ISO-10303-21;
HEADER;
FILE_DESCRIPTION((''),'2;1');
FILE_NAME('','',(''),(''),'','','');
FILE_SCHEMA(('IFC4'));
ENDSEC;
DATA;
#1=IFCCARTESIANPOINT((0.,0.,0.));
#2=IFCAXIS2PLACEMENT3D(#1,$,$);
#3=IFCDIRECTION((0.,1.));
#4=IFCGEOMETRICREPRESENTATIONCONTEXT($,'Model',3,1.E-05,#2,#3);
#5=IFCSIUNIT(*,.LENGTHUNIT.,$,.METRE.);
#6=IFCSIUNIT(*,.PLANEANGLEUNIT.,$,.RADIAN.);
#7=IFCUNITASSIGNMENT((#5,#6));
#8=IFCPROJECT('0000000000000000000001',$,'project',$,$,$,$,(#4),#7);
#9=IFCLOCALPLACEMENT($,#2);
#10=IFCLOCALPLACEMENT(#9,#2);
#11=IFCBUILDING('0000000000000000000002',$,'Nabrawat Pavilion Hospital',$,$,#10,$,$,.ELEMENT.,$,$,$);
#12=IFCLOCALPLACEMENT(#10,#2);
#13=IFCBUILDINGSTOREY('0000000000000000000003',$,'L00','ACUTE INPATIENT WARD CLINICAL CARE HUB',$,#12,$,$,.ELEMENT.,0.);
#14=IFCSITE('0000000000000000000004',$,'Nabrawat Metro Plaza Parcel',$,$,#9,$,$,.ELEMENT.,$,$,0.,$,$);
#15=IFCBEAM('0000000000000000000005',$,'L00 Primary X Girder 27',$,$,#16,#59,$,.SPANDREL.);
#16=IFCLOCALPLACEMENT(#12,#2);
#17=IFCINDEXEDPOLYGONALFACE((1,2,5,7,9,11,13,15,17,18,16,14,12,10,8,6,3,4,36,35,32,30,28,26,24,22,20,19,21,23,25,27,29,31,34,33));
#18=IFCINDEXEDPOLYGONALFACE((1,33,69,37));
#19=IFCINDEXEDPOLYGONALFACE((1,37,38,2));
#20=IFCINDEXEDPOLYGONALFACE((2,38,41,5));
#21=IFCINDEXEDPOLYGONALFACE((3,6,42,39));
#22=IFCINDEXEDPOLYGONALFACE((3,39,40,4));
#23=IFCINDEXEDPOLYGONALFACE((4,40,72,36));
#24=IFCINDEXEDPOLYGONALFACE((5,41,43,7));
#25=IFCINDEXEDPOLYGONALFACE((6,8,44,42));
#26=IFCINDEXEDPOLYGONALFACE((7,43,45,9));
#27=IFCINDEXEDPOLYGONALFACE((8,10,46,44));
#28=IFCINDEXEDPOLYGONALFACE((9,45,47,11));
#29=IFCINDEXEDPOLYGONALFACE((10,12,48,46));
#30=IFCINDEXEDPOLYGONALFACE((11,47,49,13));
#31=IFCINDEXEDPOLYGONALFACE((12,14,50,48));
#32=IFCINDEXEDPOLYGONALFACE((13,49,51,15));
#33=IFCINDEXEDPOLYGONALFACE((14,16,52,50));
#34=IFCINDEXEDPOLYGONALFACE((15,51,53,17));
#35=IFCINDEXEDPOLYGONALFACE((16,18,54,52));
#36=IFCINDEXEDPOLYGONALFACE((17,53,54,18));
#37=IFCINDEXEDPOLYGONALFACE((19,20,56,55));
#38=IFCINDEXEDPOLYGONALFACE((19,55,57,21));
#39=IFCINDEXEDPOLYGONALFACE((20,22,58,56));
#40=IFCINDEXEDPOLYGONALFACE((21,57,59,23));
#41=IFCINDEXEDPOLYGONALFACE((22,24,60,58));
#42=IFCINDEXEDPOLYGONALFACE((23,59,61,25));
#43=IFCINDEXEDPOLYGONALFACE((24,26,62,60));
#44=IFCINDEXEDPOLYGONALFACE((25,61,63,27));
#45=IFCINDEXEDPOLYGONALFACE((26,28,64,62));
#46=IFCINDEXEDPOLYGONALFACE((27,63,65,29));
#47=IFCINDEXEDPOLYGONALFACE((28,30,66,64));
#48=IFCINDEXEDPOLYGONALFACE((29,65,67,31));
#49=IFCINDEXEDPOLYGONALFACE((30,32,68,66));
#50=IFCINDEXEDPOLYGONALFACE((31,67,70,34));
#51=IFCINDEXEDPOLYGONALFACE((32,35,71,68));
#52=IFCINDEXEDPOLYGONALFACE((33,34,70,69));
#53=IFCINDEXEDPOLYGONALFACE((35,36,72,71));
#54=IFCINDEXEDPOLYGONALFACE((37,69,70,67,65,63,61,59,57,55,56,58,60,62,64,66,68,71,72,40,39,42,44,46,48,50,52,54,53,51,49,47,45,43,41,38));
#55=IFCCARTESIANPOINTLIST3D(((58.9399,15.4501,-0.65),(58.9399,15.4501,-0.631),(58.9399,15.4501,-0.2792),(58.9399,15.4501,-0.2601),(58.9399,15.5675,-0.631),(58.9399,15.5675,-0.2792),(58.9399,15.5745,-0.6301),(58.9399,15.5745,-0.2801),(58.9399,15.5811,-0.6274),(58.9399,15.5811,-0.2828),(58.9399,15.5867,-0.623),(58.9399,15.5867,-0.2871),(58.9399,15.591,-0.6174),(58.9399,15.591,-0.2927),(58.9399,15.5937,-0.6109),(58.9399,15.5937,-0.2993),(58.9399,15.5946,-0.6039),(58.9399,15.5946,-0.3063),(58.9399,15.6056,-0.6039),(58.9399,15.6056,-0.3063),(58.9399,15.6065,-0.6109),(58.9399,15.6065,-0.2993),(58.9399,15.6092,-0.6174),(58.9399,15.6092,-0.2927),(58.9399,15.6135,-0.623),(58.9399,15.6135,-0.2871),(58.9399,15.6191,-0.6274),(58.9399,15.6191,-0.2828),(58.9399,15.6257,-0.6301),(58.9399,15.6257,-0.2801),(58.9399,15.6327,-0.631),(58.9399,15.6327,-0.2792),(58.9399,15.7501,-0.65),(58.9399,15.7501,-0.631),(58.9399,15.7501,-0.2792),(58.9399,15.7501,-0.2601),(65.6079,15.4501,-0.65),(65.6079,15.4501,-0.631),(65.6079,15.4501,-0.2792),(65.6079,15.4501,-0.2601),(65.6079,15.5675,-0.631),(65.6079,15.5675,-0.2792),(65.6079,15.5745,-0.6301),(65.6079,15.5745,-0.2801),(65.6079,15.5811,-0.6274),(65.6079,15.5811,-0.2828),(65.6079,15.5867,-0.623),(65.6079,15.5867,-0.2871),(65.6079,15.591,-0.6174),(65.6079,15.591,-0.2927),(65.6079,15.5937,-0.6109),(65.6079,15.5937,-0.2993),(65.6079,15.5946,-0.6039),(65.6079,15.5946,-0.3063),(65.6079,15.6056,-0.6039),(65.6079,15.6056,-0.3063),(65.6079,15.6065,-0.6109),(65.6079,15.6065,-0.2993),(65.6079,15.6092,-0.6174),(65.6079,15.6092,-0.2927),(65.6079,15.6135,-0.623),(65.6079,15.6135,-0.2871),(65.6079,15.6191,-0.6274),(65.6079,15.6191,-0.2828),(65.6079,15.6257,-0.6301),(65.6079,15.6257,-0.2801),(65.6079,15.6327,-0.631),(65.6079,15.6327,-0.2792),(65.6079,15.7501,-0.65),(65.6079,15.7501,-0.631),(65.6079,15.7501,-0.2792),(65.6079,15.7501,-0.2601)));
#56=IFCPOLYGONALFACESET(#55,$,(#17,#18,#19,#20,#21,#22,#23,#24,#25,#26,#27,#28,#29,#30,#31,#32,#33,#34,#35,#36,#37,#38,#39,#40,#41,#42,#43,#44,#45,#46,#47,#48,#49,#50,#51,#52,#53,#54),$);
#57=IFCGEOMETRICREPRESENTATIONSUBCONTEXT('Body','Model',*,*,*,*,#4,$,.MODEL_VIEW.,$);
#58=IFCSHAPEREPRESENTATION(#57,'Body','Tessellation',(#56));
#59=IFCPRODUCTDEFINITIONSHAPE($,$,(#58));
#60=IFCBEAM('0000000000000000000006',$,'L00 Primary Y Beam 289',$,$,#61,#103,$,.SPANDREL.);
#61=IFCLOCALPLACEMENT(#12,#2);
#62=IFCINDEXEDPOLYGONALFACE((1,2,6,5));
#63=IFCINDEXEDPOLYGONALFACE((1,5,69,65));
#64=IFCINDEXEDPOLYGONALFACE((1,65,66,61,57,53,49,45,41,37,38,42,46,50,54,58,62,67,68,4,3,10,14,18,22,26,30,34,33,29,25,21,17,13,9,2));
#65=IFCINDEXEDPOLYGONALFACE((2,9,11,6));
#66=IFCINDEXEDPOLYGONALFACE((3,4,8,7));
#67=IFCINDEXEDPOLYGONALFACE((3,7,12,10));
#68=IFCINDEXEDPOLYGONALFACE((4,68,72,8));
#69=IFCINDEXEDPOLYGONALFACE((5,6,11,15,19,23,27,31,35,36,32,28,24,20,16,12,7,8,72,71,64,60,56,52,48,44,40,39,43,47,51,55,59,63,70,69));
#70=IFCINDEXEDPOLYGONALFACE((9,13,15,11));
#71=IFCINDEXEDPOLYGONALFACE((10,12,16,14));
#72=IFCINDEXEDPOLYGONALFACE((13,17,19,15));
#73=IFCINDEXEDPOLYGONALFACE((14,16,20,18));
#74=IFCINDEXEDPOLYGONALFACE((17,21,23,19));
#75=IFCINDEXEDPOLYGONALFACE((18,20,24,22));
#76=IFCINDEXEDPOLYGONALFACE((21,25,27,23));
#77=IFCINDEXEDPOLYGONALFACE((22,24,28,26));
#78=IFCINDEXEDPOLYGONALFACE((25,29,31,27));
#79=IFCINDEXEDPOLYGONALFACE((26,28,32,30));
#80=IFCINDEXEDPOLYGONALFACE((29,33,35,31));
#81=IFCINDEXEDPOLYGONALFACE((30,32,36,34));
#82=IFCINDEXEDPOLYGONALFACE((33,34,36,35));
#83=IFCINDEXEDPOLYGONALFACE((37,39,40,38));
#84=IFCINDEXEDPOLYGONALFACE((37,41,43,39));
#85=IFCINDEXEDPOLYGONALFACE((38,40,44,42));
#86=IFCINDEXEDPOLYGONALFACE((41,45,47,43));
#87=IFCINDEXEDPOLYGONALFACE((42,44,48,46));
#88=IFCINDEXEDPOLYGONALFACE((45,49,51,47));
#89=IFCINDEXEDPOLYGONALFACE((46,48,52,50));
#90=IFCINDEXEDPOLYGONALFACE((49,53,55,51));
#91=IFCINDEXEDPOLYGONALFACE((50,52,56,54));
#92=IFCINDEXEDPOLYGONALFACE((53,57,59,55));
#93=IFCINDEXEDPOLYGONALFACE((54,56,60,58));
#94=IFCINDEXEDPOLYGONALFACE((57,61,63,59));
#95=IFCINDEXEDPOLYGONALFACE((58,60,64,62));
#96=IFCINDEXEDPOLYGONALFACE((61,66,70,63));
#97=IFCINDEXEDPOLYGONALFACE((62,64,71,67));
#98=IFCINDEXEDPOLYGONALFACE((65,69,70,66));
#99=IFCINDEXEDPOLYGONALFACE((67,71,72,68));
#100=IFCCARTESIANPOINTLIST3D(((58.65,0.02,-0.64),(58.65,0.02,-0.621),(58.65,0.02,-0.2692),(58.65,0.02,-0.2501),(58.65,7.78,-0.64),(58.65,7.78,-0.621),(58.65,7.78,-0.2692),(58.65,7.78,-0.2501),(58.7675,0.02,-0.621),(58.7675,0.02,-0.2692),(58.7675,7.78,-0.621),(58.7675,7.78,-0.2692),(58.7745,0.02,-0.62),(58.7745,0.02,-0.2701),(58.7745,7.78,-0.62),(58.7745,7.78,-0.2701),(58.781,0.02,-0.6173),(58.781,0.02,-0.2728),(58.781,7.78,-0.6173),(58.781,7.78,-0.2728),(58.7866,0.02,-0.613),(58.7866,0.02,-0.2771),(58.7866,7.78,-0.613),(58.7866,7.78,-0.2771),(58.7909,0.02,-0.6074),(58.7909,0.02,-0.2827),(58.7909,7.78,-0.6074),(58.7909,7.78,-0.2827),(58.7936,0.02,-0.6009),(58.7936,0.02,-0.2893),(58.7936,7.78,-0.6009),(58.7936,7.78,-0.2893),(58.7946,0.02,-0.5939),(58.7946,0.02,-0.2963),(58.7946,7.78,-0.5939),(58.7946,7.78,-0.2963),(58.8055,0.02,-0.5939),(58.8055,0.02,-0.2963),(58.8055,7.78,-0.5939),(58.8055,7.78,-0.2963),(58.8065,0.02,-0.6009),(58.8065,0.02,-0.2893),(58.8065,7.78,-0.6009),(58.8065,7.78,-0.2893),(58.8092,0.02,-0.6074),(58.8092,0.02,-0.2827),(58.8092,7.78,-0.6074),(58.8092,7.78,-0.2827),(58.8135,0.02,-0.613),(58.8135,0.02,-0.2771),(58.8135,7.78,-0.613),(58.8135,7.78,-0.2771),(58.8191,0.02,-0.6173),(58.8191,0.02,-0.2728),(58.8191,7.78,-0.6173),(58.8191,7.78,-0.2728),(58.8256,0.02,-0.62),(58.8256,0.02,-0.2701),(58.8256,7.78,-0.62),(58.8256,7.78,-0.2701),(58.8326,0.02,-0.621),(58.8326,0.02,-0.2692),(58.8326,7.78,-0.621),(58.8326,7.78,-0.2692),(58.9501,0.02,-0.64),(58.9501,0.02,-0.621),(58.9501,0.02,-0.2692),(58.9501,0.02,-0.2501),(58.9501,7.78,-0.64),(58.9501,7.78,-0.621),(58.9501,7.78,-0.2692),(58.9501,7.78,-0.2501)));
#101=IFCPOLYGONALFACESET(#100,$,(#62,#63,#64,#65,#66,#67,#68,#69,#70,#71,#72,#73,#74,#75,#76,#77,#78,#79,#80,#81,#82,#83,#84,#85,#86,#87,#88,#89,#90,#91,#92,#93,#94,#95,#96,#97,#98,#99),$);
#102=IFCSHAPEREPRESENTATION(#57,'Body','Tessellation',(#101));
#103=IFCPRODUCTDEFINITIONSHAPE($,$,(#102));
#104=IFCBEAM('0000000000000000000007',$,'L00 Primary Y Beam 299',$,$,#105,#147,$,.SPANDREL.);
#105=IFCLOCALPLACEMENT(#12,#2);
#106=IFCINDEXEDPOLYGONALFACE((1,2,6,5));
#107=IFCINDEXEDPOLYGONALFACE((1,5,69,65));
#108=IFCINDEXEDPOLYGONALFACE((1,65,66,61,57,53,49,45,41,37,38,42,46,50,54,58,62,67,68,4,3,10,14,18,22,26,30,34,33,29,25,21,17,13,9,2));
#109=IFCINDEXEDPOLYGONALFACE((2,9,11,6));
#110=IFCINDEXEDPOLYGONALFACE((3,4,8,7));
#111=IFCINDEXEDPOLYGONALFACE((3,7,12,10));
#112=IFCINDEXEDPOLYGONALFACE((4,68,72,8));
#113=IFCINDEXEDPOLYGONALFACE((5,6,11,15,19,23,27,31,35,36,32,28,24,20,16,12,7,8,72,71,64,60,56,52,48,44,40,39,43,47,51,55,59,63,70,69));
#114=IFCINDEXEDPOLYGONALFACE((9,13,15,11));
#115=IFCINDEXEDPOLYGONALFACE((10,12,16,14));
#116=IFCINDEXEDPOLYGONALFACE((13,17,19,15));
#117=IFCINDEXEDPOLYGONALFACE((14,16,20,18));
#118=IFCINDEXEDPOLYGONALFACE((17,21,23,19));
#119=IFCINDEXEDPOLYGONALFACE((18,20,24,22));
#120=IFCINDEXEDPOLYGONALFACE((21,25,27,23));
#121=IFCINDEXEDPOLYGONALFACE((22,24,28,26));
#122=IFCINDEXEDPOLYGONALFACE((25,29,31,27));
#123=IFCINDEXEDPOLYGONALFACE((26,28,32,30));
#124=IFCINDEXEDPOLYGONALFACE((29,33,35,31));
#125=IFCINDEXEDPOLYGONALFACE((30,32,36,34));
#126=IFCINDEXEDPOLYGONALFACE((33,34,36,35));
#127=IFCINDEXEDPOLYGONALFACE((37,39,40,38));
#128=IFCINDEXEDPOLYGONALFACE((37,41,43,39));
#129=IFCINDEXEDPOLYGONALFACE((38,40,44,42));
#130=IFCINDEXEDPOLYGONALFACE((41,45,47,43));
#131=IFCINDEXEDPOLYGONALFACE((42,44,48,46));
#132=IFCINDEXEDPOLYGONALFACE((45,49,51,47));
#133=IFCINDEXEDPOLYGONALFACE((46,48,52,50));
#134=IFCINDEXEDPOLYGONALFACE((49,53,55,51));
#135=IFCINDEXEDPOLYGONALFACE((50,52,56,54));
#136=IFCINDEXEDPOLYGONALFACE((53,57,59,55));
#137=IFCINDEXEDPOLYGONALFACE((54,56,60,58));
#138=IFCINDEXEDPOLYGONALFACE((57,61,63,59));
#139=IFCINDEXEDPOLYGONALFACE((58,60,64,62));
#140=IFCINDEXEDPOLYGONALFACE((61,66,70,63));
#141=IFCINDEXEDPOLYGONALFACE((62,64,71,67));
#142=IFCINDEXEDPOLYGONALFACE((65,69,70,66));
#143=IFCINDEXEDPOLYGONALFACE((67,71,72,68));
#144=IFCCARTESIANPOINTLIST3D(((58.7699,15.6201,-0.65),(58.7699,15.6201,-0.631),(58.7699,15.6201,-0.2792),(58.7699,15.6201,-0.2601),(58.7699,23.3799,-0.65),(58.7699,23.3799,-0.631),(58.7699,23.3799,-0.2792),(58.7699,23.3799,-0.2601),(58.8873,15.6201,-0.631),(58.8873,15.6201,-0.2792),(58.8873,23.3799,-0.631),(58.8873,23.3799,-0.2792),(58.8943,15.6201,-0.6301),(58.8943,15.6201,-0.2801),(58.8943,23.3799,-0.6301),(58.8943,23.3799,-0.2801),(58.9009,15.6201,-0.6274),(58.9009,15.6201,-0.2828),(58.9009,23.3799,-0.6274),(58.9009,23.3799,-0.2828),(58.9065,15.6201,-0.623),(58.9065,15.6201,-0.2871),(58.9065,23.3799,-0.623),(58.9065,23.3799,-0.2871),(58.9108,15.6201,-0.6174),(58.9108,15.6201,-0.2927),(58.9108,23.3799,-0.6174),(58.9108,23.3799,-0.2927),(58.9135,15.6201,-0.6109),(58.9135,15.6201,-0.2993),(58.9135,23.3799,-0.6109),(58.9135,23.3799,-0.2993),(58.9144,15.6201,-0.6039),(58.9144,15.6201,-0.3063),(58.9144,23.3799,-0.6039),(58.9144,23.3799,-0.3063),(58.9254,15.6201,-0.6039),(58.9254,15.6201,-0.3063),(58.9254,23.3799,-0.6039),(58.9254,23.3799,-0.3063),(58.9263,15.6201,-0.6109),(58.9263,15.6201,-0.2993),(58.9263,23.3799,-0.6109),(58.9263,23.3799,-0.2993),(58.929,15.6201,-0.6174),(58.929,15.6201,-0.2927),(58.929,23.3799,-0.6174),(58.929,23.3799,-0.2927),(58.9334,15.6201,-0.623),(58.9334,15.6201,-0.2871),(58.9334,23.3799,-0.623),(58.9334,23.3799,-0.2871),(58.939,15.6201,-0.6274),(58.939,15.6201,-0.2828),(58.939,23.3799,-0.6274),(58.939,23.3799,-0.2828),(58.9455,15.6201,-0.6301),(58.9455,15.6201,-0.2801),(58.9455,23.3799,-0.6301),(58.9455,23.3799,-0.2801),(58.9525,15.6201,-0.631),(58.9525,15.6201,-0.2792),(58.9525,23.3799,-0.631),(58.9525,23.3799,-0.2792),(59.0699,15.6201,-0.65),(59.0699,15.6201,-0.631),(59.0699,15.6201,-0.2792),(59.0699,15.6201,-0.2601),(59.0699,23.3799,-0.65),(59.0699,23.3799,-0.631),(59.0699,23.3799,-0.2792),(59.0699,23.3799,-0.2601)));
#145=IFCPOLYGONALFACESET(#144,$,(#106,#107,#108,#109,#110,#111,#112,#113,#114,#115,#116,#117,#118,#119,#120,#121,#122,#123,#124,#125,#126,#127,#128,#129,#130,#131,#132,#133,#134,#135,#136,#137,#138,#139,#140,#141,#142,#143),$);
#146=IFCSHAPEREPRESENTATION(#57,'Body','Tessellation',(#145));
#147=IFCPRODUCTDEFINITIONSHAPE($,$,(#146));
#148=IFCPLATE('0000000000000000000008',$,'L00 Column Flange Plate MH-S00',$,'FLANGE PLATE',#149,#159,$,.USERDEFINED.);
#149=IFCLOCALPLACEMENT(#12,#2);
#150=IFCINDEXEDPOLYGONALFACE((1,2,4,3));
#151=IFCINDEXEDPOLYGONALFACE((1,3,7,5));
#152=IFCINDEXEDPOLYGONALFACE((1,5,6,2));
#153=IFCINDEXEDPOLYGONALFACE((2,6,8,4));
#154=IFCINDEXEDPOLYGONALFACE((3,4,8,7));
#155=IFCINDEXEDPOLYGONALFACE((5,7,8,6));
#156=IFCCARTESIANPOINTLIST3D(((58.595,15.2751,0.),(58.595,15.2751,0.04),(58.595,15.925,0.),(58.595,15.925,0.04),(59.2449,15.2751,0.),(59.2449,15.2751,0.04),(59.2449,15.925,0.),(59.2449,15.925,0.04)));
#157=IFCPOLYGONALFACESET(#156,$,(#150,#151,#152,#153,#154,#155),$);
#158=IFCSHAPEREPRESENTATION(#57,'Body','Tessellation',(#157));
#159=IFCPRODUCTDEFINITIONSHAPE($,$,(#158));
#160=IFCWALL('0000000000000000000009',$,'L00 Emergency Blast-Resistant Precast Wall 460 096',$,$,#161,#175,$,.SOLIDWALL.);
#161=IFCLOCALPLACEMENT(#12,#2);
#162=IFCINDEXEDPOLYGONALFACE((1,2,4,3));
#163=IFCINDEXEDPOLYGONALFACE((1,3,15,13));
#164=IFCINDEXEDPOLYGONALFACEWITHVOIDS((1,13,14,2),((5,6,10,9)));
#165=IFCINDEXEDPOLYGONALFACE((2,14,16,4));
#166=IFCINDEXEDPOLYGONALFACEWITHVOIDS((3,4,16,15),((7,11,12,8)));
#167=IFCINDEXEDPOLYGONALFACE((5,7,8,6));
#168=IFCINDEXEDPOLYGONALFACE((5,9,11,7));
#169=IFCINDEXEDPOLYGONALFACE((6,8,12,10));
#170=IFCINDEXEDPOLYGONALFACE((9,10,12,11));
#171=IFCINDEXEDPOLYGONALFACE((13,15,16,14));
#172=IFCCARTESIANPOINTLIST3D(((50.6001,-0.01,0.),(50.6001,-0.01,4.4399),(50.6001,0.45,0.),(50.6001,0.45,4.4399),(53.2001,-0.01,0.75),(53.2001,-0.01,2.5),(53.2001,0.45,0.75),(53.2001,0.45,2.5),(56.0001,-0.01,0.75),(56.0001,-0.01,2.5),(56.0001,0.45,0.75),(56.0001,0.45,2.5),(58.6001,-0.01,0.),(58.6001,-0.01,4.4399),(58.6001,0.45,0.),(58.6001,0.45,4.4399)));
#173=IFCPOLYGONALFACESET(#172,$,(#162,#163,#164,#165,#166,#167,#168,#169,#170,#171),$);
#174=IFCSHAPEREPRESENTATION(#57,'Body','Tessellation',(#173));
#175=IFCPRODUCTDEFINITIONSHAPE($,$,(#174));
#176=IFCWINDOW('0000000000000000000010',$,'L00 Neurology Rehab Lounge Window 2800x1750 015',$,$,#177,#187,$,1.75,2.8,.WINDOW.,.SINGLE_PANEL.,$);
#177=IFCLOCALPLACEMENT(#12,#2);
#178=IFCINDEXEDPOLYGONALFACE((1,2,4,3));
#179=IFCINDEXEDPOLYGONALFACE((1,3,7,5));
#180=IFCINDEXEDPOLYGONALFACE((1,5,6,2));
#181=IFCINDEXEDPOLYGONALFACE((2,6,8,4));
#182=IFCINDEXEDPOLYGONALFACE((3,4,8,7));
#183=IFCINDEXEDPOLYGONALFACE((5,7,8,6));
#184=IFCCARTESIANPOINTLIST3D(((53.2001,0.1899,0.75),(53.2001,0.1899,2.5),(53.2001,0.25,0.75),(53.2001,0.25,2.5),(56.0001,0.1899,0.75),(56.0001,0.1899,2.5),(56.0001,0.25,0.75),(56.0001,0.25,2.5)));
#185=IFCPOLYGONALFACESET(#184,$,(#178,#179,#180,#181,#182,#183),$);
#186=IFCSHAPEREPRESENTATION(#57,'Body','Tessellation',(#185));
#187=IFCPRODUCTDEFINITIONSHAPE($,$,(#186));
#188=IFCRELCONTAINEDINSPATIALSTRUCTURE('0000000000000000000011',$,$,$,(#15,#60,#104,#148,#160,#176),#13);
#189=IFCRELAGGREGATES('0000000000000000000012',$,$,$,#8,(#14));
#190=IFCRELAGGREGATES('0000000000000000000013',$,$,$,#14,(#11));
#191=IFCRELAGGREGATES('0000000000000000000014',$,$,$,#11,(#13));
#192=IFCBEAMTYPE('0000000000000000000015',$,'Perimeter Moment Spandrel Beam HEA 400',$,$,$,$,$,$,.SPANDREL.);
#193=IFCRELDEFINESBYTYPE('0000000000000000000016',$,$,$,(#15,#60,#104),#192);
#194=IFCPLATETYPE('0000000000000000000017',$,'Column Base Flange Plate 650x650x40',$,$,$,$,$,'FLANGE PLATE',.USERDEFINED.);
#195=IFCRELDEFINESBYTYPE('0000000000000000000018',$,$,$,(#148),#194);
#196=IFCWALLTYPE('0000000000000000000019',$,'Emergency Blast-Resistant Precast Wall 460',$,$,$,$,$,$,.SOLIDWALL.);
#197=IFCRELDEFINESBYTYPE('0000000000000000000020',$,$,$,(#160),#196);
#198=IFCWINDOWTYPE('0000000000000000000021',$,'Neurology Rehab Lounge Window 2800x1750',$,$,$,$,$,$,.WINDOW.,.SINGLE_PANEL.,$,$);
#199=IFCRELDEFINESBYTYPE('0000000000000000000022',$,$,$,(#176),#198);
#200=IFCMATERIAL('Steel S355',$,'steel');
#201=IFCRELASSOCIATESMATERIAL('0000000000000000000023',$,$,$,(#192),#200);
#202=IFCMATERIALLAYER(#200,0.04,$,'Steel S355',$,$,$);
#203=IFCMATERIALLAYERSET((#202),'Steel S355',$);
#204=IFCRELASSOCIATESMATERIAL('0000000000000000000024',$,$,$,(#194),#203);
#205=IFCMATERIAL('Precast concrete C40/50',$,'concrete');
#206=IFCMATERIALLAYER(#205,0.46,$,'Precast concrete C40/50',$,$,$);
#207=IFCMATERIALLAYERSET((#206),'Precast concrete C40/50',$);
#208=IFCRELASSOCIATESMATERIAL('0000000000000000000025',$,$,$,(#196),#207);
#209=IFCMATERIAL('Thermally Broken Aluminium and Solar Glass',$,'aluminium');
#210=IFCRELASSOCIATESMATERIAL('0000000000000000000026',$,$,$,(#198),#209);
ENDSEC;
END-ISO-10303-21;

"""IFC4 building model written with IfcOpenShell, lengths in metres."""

from ifc_helpers import new_model, si_unit, direction, frame, frame_2d, origin, origin_2d, place, context, subcontext, project, spatial, rectangle, i_section, extrude, material, layer, layer_set, material_profile, profile_set, type_object, element, fill, save


model = new_model("IFC4")

# Units and contexts
model_context = context("Model", 3, precision=1e-05, world=origin(), true_north=direction((0.0, 1.0)))
body_context = subcontext(model_context, "Body", "Model", "MODEL_VIEW")
ifc_project = project(units=[si_unit("LENGTHUNIT", "METRE"), si_unit("PLANEANGLEUNIT", "RADIAN")], contexts=[model_context])

# Site, building, storey
site_placement = place(None, origin())
site = spatial("IfcSite", under=ifc_project, at=site_placement, Name="Nabrawat Metro Plaza Parcel", CompositionType="ELEMENT", RefElevation=0.0)
building_placement = place(site_placement, origin())
building = spatial("IfcBuilding", under=site, at=building_placement, Name="Nabrawat Pavilion Hospital", CompositionType="ELEMENT")
storey_placement = place(building_placement, origin())
storey = spatial("IfcBuildingStorey", under=building, at=storey_placement, Name="L00", Description="ACUTE INPATIENT WARD CLINICAL CARE HUB", CompositionType="ELEMENT", Elevation=0.0)

# Shared definitions
ifc_material_1 = material(Name="Steel S355", Category="steel")
ifc_material_2 = material(Name="Precast concrete C40/50", Category="concrete")

# Beams
ifc_material_profile_1 = material_profile(ifc_material_1, i_section(OverallWidth=0.3, OverallDepth=0.3899, WebThickness=0.011, FlangeThickness=0.019, FilletRadius=0.0271, at=origin_2d()), Name="HEA 400")
ifc_profile_set_1 = profile_set([ifc_material_profile_1], Name="Steel S355")
beam_type = type_object("IfcBeamType", Name="Perimeter Moment Spandrel Beam HEA 400", PredefinedType="SPANDREL", material=ifc_profile_set_1)
beam_1_placement = place(storey_placement, frame((58.9399, 15.6001, -0.4551), z_axis=(1.0, 0.0, 0.0), x_axis=(0.0, 1.0, 0.0)))
element("IfcBeam", 1, at=beam_1_placement, inside=storey, type_object=beam_type, Name="L00 Primary X Girder 27", PredefinedType="SPANDREL", context=body_context, shape_type="SweptSolid", body=[
    extrude(i_section(OverallWidth=0.3, OverallDepth=0.3899, WebThickness=0.011, FlangeThickness=0.019, FilletRadius=0.0271, at=origin_2d()), origin(), (0.0, 0.0, 1.0), 6.668),
])
beam_2_placement = place(storey_placement, frame((58.8, 0.02, -0.4451), z_axis=(0.0, 1.0, 0.0), x_axis=(-1.0, 0.0, 0.0)))
element("IfcBeam", 2, at=beam_2_placement, inside=storey, type_object=beam_type, Name="L00 Primary Y Beam 289", PredefinedType="SPANDREL", context=body_context, shape_type="SweptSolid", body=[
    extrude(i_section(OverallWidth=0.3, OverallDepth=0.3899, WebThickness=0.011, FlangeThickness=0.019, FilletRadius=0.0271, at=origin_2d()), origin(), (0.0, 0.0, 1.0), 7.76),
])
beam_3_placement = place(storey_placement, frame((58.9199, 15.6201, -0.4551), z_axis=(0.0, 1.0, 0.0), x_axis=(-1.0, 0.0, 0.0)))
element("IfcBeam", 3, at=beam_3_placement, inside=storey, type_object=beam_type, Name="L00 Primary Y Beam 299", PredefinedType="SPANDREL", context=body_context, shape_type="SweptSolid", body=[
    extrude(i_section(OverallWidth=0.3, OverallDepth=0.3899, WebThickness=0.011, FlangeThickness=0.019, FilletRadius=0.0271, at=origin_2d()), origin(), (0.0, 0.0, 1.0), 7.7598),
])

# Plate
ifc_layer_1 = layer(ifc_material_1, 0.04, Name="Steel S355")
ifc_layer_set_1 = layer_set([ifc_layer_1], Name="Steel S355")
plate_type = type_object("IfcPlateType", Name="Column Base Flange Plate 650x650x40", ElementType="FLANGE PLATE", PredefinedType="USERDEFINED", material=ifc_layer_set_1)
plate_placement = place(storey_placement, frame((58.9199, 15.6001, 0.0), z_axis=(0.0, 0.0, 1.0), x_axis=(1.0, 0.0, 0.0)))
element("IfcPlate", 4, at=plate_placement, inside=storey, type_object=plate_type, Name="L00 Column Flange Plate MH-S00", ObjectType="FLANGE PLATE", PredefinedType="USERDEFINED", context=body_context, shape_type="SweptSolid", body=[
    extrude(rectangle(XDim=0.6499, YDim=0.6499, at=origin_2d()), origin(), (0.0, 0.0, 1.0), 0.04),
])

# Wall, opening, window
ifc_layer_2 = layer(ifc_material_2, 0.46, Name="Precast concrete C40/50")
ifc_layer_set_2 = layer_set([ifc_layer_2], Name="Precast concrete C40/50")
wall_type = type_object("IfcWallType", Name="Emergency Blast-Resistant Precast Wall 460", PredefinedType="SOLIDWALL", material=ifc_layer_set_2)
wall_1_placement = place(storey_placement, frame((50.6001, 0.22, 0.0), z_axis=(0.0, 0.0, 1.0), x_axis=(1.0, 0.0, 0.0)))
wall_1 = element("IfcWall", 5, at=wall_1_placement, inside=storey, type_object=wall_type, Name="L00 Emergency Blast-Resistant Precast Wall 460 096", PredefinedType="SOLIDWALL", context=body_context, shape_type="SweptSolid", body=[
    extrude(rectangle(XDim=8.0, YDim=0.46, at=frame_2d((4.0, 0.0))), origin(), (0.0, 0.0, 1.0), 4.4399),
])
opening_1_placement = place(wall_1_placement, frame((2.6001, 0.0, 0.75)))
opening_1 = element("IfcOpeningElement", 6, at=opening_1_placement, cuts=wall_1, PredefinedType="OPENING", context=body_context, shape_type="SweptSolid", body=[
    extrude(rectangle(XDim=2.8, YDim=1.75, at=frame_2d((1.3999, 0.875))), frame((0.0, 0.24, 0.0), z_axis=(0.0, -1.0, 0.0), x_axis=(1.0, 0.0, 0.0)), (0.0, 0.0, 1.0), 0.48),
])
ifc_material_3 = material(Name="Thermally Broken Aluminium and Solar Glass", Category="aluminium")
window_type_1 = type_object("IfcWindowType", Name="Neurology Rehab Lounge Window 2800x1750", PartitioningType="SINGLE_PANEL", PredefinedType="WINDOW", material=ifc_material_3)
window_1_placement = place(opening_1_placement, origin())
window_1 = element("IfcWindow", 7, at=window_1_placement, inside=storey, type_object=window_type_1, Name="L00 Neurology Rehab Lounge Window 2800x1750 015", OverallHeight=1.75, OverallWidth=2.8, PartitioningType="SINGLE_PANEL", PredefinedType="WINDOW", context=body_context, shape_type="SweptSolid", body=[
    extrude(rectangle(XDim=2.8, YDim=1.75, at=frame_2d((1.3999, 0.875))), frame((0.0, 0.03, 0.0), z_axis=(0.0, -1.0, 0.0), x_axis=(1.0, 0.0, 0.0)), (0.0, 0.0, 1.0), 0.0601),
])
fill(opening_1, window_1)

save(model, "model.ifc")
